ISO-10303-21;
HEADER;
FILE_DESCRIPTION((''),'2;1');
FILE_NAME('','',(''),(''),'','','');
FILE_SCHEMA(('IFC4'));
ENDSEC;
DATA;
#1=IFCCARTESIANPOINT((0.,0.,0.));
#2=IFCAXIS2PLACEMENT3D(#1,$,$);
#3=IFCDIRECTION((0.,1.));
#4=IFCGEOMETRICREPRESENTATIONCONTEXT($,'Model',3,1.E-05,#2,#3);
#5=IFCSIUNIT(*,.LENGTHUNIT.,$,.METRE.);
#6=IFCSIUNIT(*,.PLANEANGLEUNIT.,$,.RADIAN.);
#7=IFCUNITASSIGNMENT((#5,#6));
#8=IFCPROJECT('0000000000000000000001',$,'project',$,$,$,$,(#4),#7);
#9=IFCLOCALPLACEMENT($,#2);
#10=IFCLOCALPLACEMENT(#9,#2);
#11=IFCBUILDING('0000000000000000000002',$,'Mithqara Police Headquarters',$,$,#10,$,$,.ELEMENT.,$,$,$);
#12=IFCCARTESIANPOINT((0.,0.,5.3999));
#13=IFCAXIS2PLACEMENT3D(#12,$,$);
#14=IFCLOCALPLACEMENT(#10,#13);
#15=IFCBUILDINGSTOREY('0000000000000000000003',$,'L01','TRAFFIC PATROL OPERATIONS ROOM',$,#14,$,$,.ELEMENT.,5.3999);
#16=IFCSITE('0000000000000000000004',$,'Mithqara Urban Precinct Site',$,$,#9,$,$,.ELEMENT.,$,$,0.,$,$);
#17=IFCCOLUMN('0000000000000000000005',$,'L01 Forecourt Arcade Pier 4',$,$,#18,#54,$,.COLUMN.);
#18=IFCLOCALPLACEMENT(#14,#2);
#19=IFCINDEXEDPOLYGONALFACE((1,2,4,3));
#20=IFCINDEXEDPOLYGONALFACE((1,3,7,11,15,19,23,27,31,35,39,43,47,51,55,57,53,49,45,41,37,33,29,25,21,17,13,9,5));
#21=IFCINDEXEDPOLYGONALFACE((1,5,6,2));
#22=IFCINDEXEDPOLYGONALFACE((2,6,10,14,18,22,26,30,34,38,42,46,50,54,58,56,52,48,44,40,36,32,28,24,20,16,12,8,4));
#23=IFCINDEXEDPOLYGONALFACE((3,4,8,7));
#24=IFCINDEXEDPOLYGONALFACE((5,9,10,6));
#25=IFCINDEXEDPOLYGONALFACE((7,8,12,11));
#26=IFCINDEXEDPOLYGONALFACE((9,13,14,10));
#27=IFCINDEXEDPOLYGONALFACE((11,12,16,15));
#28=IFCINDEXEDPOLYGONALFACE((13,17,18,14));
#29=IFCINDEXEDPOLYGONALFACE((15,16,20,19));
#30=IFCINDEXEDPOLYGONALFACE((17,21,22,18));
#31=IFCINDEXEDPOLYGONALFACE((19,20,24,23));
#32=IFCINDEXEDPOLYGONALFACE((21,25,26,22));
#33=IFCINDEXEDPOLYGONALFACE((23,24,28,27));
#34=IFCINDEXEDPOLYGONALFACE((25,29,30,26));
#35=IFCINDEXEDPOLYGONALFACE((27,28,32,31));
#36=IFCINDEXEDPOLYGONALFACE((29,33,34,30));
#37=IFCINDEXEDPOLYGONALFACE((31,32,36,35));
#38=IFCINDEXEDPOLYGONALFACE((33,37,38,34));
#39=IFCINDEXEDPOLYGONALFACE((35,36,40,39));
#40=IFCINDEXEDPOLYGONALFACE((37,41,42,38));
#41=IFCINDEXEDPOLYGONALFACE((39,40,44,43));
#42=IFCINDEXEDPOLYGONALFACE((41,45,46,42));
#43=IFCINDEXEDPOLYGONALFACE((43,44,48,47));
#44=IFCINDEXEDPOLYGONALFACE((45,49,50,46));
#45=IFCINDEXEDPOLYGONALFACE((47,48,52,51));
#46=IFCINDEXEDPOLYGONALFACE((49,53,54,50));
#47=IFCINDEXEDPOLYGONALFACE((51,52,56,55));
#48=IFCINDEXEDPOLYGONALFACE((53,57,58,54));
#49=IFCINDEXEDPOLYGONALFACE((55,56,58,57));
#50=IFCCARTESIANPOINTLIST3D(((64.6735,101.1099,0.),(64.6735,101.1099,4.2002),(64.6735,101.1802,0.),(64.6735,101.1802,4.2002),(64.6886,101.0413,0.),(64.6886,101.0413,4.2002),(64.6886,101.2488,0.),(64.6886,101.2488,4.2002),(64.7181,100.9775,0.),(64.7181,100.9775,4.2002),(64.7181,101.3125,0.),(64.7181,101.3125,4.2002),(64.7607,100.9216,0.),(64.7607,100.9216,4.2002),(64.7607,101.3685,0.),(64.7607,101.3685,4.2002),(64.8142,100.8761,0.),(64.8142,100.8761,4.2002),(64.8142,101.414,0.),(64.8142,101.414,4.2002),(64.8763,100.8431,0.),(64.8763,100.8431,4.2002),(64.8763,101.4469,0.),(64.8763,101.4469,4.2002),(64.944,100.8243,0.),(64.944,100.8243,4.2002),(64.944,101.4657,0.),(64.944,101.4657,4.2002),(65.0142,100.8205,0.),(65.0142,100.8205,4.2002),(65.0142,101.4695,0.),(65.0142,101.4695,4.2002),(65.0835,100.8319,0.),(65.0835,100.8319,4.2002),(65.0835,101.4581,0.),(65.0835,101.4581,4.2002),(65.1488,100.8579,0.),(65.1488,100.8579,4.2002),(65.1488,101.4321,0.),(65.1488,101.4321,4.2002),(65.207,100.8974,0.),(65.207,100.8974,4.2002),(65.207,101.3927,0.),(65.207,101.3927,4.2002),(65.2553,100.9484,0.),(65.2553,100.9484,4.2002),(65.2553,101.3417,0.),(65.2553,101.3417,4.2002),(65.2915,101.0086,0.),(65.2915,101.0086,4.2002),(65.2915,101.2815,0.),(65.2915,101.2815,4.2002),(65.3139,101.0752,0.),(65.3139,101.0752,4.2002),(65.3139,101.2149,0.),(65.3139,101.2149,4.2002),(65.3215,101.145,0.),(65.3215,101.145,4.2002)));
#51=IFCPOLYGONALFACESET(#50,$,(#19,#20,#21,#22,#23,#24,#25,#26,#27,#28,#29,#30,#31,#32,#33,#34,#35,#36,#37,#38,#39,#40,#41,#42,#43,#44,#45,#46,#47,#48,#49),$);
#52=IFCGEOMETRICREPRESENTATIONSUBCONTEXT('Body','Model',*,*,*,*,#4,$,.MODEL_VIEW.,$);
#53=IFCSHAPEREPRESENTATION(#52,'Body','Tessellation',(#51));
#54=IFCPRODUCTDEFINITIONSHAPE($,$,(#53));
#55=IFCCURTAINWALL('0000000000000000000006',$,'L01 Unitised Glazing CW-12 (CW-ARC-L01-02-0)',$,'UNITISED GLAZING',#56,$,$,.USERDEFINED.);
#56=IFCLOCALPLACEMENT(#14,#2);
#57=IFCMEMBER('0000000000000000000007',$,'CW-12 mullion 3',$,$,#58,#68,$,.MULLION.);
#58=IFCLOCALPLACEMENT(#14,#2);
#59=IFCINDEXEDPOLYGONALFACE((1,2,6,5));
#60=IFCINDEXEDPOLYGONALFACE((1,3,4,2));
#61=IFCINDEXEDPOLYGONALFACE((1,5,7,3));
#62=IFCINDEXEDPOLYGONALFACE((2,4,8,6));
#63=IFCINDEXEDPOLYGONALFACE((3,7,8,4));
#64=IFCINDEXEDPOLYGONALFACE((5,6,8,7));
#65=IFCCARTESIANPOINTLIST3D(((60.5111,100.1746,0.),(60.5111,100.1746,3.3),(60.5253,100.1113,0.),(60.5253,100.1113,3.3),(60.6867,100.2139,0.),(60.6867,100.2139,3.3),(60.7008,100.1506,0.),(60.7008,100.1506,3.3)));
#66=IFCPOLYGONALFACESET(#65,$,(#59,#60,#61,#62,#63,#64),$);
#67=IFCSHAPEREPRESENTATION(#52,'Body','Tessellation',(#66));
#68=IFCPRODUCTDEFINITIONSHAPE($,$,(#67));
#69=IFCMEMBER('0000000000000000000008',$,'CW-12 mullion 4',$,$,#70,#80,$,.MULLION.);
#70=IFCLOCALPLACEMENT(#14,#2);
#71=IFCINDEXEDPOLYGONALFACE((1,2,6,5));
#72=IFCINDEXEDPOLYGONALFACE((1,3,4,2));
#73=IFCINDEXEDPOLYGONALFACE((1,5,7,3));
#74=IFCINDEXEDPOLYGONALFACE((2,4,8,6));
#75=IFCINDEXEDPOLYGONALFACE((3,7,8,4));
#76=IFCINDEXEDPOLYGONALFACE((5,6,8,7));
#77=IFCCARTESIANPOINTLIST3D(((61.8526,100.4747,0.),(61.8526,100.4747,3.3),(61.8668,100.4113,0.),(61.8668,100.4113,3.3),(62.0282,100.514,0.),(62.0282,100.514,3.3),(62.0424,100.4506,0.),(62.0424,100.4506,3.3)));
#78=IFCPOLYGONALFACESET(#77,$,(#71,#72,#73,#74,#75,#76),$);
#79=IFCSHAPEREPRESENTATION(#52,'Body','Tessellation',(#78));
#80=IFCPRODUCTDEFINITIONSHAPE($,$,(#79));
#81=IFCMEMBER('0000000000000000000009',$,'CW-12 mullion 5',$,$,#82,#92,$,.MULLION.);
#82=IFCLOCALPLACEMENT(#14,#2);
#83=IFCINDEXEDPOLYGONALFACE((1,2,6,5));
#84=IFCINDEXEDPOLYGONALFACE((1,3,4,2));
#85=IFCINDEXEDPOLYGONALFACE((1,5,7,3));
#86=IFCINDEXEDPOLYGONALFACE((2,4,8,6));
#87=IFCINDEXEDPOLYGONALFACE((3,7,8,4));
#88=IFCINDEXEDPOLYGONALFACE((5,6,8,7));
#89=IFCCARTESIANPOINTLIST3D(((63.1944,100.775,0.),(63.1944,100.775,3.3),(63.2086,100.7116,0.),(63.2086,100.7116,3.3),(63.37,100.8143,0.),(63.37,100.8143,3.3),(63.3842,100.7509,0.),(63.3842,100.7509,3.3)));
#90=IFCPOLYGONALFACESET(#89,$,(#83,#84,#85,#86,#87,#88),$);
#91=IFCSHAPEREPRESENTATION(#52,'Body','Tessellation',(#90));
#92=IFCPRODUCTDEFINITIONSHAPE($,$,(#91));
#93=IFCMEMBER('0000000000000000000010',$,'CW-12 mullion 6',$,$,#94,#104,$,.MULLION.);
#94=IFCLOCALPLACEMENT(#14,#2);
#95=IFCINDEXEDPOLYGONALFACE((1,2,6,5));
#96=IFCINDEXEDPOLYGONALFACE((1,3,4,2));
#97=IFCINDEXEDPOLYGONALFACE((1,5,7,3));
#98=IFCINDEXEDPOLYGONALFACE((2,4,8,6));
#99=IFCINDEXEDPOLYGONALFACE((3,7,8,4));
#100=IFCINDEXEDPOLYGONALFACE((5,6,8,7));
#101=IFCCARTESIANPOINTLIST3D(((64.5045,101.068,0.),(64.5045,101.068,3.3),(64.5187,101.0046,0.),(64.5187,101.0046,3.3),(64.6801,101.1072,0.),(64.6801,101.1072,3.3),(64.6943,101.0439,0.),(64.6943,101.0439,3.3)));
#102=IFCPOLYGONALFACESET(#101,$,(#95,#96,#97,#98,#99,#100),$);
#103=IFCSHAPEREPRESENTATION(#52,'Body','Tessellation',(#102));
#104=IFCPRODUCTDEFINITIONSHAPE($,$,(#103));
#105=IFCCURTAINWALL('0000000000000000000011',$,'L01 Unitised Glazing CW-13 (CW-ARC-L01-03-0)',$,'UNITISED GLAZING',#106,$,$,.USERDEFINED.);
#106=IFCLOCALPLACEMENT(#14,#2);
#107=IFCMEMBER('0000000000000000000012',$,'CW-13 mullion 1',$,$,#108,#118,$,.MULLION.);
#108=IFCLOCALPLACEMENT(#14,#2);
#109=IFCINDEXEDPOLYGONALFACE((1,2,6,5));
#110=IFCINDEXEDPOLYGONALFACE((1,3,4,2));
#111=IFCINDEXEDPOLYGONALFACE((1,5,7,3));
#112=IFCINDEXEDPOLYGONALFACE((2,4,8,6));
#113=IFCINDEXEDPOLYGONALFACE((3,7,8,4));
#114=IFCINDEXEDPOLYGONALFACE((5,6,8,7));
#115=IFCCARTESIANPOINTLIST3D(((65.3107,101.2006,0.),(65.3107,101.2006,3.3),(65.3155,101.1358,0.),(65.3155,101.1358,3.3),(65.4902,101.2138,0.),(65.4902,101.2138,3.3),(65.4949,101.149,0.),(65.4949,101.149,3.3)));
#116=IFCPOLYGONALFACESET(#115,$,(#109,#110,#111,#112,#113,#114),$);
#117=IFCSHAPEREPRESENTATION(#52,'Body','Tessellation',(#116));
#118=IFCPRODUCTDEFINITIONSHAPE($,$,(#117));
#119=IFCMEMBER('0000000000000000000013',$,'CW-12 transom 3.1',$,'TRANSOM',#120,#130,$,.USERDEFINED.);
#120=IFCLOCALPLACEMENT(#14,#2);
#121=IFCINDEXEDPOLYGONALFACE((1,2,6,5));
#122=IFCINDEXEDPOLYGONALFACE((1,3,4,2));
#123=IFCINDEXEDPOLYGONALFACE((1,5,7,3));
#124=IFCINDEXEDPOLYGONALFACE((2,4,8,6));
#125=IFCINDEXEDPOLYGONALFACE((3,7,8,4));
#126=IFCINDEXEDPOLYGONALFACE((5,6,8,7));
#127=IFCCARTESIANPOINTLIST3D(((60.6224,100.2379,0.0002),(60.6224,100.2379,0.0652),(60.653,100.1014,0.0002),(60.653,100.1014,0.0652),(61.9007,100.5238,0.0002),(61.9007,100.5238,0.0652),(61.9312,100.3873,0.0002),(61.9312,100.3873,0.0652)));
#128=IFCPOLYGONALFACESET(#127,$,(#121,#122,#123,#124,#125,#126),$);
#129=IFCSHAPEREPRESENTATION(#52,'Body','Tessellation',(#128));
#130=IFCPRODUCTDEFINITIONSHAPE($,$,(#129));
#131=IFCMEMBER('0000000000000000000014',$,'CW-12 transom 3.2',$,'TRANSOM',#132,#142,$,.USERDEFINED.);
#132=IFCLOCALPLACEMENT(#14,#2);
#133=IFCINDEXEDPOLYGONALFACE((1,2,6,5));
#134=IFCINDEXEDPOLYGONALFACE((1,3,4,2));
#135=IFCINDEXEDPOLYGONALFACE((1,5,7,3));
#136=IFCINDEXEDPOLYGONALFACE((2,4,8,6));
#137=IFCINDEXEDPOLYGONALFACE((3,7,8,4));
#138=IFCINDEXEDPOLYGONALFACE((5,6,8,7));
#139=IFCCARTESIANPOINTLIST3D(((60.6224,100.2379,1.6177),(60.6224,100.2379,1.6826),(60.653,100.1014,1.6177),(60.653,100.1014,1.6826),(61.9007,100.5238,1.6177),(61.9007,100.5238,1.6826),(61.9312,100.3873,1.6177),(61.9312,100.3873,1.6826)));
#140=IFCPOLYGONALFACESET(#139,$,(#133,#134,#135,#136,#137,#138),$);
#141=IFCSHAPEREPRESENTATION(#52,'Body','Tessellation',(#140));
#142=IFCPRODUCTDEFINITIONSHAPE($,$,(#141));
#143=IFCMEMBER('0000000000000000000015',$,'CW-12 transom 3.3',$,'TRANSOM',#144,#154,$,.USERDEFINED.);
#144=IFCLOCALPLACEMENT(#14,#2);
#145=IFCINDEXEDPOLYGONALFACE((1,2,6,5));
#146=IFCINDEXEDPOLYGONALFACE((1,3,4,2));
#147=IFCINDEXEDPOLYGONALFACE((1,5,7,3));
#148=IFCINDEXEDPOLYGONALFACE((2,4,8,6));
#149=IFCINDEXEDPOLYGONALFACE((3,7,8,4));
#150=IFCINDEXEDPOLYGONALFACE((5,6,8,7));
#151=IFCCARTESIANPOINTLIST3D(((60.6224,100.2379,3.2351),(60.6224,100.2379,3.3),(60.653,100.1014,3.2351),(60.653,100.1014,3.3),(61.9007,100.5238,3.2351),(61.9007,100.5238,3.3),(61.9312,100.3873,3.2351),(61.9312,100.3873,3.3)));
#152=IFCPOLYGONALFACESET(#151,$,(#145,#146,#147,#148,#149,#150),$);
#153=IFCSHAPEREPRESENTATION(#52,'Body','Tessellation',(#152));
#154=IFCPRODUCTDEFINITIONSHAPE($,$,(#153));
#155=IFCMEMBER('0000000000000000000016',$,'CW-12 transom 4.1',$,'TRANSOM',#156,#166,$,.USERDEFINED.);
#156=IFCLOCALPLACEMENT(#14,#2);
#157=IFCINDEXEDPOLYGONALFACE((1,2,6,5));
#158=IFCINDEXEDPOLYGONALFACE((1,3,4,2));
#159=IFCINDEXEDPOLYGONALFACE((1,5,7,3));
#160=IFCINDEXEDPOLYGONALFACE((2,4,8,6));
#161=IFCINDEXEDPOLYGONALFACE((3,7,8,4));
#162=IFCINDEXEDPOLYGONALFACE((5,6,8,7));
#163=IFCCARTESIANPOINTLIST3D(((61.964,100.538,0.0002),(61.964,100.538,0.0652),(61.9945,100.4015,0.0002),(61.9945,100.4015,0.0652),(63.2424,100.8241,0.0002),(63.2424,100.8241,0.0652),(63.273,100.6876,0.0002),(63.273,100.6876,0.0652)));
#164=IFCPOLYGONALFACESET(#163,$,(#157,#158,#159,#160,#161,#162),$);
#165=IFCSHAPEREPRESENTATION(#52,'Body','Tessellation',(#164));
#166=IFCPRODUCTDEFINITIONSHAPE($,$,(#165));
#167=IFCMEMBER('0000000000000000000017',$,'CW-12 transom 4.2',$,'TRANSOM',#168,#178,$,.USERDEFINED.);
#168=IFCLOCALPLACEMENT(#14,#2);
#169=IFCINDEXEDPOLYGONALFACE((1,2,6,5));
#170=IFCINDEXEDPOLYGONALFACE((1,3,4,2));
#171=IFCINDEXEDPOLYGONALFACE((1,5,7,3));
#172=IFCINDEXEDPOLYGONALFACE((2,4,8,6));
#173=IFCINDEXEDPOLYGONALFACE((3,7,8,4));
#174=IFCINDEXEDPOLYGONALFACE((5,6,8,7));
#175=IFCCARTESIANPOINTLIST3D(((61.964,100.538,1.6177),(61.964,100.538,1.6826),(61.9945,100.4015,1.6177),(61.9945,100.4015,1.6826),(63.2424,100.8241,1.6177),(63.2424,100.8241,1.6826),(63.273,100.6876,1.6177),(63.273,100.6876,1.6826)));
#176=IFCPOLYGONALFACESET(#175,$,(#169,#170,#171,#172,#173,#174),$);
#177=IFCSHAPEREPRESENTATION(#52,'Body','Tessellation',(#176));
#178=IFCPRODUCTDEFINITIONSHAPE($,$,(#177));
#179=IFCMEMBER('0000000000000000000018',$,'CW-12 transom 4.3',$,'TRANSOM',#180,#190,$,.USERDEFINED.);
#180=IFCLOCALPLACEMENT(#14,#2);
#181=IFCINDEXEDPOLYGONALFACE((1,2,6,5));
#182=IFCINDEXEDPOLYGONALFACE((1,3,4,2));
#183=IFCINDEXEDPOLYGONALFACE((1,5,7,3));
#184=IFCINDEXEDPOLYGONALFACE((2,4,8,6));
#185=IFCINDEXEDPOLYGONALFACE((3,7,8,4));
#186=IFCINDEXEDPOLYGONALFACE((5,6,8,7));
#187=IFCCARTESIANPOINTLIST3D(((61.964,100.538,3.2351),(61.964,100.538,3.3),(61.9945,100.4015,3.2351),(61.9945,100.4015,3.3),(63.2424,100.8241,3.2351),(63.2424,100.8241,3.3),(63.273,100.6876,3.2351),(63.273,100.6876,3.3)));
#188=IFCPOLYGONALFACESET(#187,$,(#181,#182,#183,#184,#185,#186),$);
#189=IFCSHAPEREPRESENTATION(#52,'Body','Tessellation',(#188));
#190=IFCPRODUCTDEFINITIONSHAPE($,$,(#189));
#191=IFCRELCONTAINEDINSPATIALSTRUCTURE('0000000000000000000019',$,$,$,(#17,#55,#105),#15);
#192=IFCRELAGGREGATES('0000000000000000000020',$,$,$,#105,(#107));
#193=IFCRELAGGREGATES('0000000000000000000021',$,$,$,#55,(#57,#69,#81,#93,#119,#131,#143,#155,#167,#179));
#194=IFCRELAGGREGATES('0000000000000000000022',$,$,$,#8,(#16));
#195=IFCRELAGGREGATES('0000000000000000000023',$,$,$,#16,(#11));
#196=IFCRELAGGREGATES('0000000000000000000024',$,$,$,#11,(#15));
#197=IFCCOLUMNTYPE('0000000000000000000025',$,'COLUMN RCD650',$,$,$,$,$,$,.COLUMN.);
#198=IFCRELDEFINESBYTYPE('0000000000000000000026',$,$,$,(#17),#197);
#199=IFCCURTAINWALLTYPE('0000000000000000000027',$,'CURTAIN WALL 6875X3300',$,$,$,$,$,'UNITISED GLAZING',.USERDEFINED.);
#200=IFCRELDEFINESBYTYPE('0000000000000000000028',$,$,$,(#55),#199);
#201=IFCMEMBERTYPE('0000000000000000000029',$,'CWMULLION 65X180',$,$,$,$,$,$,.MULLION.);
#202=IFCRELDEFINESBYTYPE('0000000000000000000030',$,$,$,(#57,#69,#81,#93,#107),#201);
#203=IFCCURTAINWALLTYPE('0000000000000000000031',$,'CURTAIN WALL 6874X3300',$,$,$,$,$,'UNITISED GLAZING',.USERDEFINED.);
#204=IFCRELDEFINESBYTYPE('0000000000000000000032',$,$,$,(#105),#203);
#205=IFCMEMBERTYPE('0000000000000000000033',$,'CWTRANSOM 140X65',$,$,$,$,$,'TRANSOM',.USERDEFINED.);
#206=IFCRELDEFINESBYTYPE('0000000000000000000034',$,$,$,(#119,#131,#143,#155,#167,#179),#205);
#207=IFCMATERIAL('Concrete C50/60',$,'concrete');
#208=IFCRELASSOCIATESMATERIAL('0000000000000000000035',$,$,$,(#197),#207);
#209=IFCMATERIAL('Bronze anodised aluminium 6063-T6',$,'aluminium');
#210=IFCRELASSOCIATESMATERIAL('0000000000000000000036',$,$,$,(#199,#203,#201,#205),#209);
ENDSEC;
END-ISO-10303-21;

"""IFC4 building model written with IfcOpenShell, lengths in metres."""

from ifc_helpers import new_model, si_unit, direction, frame, origin, origin_2d, place, context, subcontext, project, spatial, rectangle, circle, extrude, material, material_profile, profile_set, type_object, element, aggregate, save


model = new_model("IFC4")

# Units and contexts
model_context = context("Model", 3, precision=1e-05, world=origin(), true_north=direction((0.0, 1.0)))
body_context = subcontext(model_context, "Body", "Model", "MODEL_VIEW")
ifc_project = project(units=[si_unit("LENGTHUNIT", "METRE"), si_unit("PLANEANGLEUNIT", "RADIAN")], contexts=[model_context])

# Site, building, storey
site_placement = place(None, origin())
site = spatial("IfcSite", under=ifc_project, at=site_placement, Name="Mithqara Urban Precinct Site", CompositionType="ELEMENT", RefElevation=0.0)
building_placement = place(site_placement, origin())
building = spatial("IfcBuilding", under=site, at=building_placement, Name="Mithqara Police Headquarters", CompositionType="ELEMENT")
storey_placement = place(building_placement, frame((0.0, 0.0, 5.3999)))
storey = spatial("IfcBuildingStorey", under=building, at=storey_placement, Name="L01", Description="TRAFFIC PATROL OPERATIONS ROOM", CompositionType="ELEMENT", Elevation=5.3999)

# Column
ifc_material_1 = material(Name="Concrete C50/60", Category="concrete")
ifc_material_profile_1 = material_profile(ifc_material_1, circle(Radius=0.325, at=origin_2d()), Name="RCD 650")
ifc_profile_set_1 = profile_set([ifc_material_profile_1], Name="Concrete C50/60")
column_type = type_object("IfcColumnType", Name="COLUMN RCD650", PredefinedType="COLUMN", material=ifc_profile_set_1)
column_placement = place(storey_placement, frame((64.9966, 101.145, 0.0), z_axis=(0.0, 0.0, 1.0), x_axis=(1.0, 0.0, 0.0)))
element("IfcColumn", 1, at=column_placement, inside=storey, type_object=column_type, Name="L01 Forecourt Arcade Pier 4", PredefinedType="COLUMN", context=body_context, shape_type="SweptSolid", body=[
    extrude(circle(Radius=0.325, at=origin_2d()), origin(), (0.0, 0.0, 1.0), 4.2002),
])

# Curtain wall, members
ifc_material_2 = material(Name="Bronze anodised aluminium 6063-T6", Category="aluminium")
curtain_wall_type_1 = type_object("IfcCurtainWallType", Name="CURTAIN WALL 6875X3300", ElementType="UNITISED GLAZING", PredefinedType="USERDEFINED", material=ifc_material_2)
curtain_wall_1_placement = place(storey_placement, origin())
curtain_wall_1 = element("IfcCurtainWall", 2, at=curtain_wall_1_placement, inside=storey, type_object=curtain_wall_type_1, Name="L01 Unitised Glazing CW-12 (CW-ARC-L01-02-0)", ObjectType="UNITISED GLAZING", PredefinedType="USERDEFINED")
ifc_material_profile_2 = material_profile(ifc_material_2, rectangle(XDim=0.0649, YDim=0.1799, at=origin_2d()), Name="CWM 65x180")
ifc_profile_set_2 = profile_set([ifc_material_profile_2], Name="Bronze anodised aluminium 6063-T6")
member_type_1 = type_object("IfcMemberType", Name="CWMULLION 65X180", PredefinedType="MULLION", material=ifc_profile_set_2)
member_1_placement = place(storey_placement, frame((60.606, 100.1626, 0.0), z_axis=(0.0, 0.0, 1.0), x_axis=(-0.218341, 0.975873, 0.0)))
member_1 = element("IfcMember", 3, at=member_1_placement, type_object=member_type_1, Name="CW-12 mullion 3", PredefinedType="MULLION", context=body_context, shape_type="SweptSolid", body=[
    extrude(rectangle(XDim=0.0649, YDim=0.1799, at=origin_2d()), origin(), (0.0, 0.0, 1.0), 3.3),
])
member_2_placement = place(storey_placement, frame((61.9475, 100.4626, 0.0), z_axis=(0.0, 0.0, 1.0), x_axis=(-0.218341, 0.975873, 0.0)))
member_2 = element("IfcMember", 4, at=member_2_placement, type_object=member_type_1, Name="CW-12 mullion 4", PredefinedType="MULLION", context=body_context, shape_type="SweptSolid", body=[
    extrude(rectangle(XDim=0.0649, YDim=0.1799, at=origin_2d()), origin(), (0.0, 0.0, 1.0), 3.3),
])
member_3_placement = place(storey_placement, frame((63.2893, 100.7629, 0.0), z_axis=(0.0, 0.0, 1.0), x_axis=(-0.218341, 0.975873, 0.0)))
member_3 = element("IfcMember", 5, at=member_3_placement, type_object=member_type_1, Name="CW-12 mullion 5", PredefinedType="MULLION", context=body_context, shape_type="SweptSolid", body=[
    extrude(rectangle(XDim=0.0649, YDim=0.1799, at=origin_2d()), origin(), (0.0, 0.0, 1.0), 3.3),
])
member_4_placement = place(storey_placement, frame((64.5994, 101.0559, 0.0), z_axis=(0.0, 0.0, 1.0), x_axis=(-0.218341, 0.975873, 0.0)))
member_4 = element("IfcMember", 6, at=member_4_placement, type_object=member_type_1, Name="CW-12 mullion 6", PredefinedType="MULLION", context=body_context, shape_type="SweptSolid", body=[
    extrude(rectangle(XDim=0.0649, YDim=0.1799, at=origin_2d()), origin(), (0.0, 0.0, 1.0), 3.3),
])

# Curtain wall, member
curtain_wall_type_2 = type_object("IfcCurtainWallType", Name="CURTAIN WALL 6874X3300", ElementType="UNITISED GLAZING", PredefinedType="USERDEFINED", material=ifc_material_2)
curtain_wall_2_placement = place(storey_placement, origin())
curtain_wall_2 = element("IfcCurtainWall", 7, at=curtain_wall_2_placement, inside=storey, type_object=curtain_wall_type_2, Name="L01 Unitised Glazing CW-13 (CW-ARC-L01-03-0)", ObjectType="UNITISED GLAZING", PredefinedType="USERDEFINED")
member_5_placement = place(storey_placement, frame((65.4028, 101.1748, 0.0), z_axis=(0.0, 0.0, 1.0), x_axis=(-0.073301, 0.99731, 0.0)))
member_5 = element("IfcMember", 8, at=member_5_placement, type_object=member_type_1, Name="CW-13 mullion 1", PredefinedType="MULLION", context=body_context, shape_type="SweptSolid", body=[
    extrude(rectangle(XDim=0.0649, YDim=0.1799, at=origin_2d()), origin(), (0.0, 0.0, 1.0), 3.3),
])
aggregate(curtain_wall_2, [member_5])

# Members
ifc_material_profile_3 = material_profile(ifc_material_2, rectangle(XDim=0.1399, YDim=0.0649, at=origin_2d()), Name="CWT 140x65")
ifc_profile_set_3 = profile_set([ifc_material_profile_3], Name="Bronze anodised aluminium 6063-T6")
member_type_2 = type_object("IfcMemberType", Name="CWTRANSOM 140X65", ElementType="TRANSOM", PredefinedType="USERDEFINED", material=ifc_profile_set_3)
member_6_placement = place(storey_placement, frame((60.6377, 100.1697, 0.0327), z_axis=(0.975892, 0.218252, 0.0), x_axis=(-0.218252, 0.975892, 0.0)))
member_6 = element("IfcMember", 9, at=member_6_placement, type_object=member_type_2, Name="CW-12 transom 3.1", ObjectType="TRANSOM", PredefinedType="USERDEFINED", context=body_context, shape_type="SweptSolid", body=[
    extrude(rectangle(XDim=0.1399, YDim=0.0649, at=origin_2d()), origin(), (0.0, 0.0, 1.0), 1.3098),
])
member_7_placement = place(storey_placement, frame((60.6377, 100.1697, 1.6501), z_axis=(0.975892, 0.218252, 0.0), x_axis=(-0.218252, 0.975892, 0.0)))
member_7 = element("IfcMember", 10, at=member_7_placement, type_object=member_type_2, Name="CW-12 transom 3.2", ObjectType="TRANSOM", PredefinedType="USERDEFINED", context=body_context, shape_type="SweptSolid", body=[
    extrude(rectangle(XDim=0.1399, YDim=0.0649, at=origin_2d()), origin(), (0.0, 0.0, 1.0), 1.3098),
])
member_8_placement = place(storey_placement, frame((60.6377, 100.1697, 3.2676), z_axis=(0.975892, 0.218252, 0.0), x_axis=(-0.218252, 0.975892, 0.0)))
member_8 = element("IfcMember", 11, at=member_8_placement, type_object=member_type_2, Name="CW-12 transom 3.3", ObjectType="TRANSOM", PredefinedType="USERDEFINED", context=body_context, shape_type="SweptSolid", body=[
    extrude(rectangle(XDim=0.1399, YDim=0.0649, at=origin_2d()), origin(), (0.0, 0.0, 1.0), 1.3098),
])
member_9_placement = place(storey_placement, frame((61.9792, 100.4697, 0.0327), z_axis=(0.975853, 0.21843, 0.0), x_axis=(-0.21843, 0.975853, 0.0)))
member_9 = element("IfcMember", 12, at=member_9_placement, type_object=member_type_2, Name="CW-12 transom 4.1", ObjectType="TRANSOM", PredefinedType="USERDEFINED", context=body_context, shape_type="SweptSolid", body=[
    extrude(rectangle(XDim=0.1399, YDim=0.0649, at=origin_2d()), origin(), (0.0, 0.0, 1.0), 1.3101),
])
member_10_placement = place(storey_placement, frame((61.9792, 100.4697, 1.6501), z_axis=(0.975853, 0.21843, 0.0), x_axis=(-0.21843, 0.975853, 0.0)))
member_10 = element("IfcMember", 13, at=member_10_placement, type_object=member_type_2, Name="CW-12 transom 4.2", ObjectType="TRANSOM", PredefinedType="USERDEFINED", context=body_context, shape_type="SweptSolid", body=[
    extrude(rectangle(XDim=0.1399, YDim=0.0649, at=origin_2d()), origin(), (0.0, 0.0, 1.0), 1.3101),
])
member_11_placement = place(storey_placement, frame((61.9792, 100.4697, 3.2676), z_axis=(0.975853, 0.21843, 0.0), x_axis=(-0.21843, 0.975853, 0.0)))
member_11 = element("IfcMember", 14, at=member_11_placement, type_object=member_type_2, Name="CW-12 transom 4.3", ObjectType="TRANSOM", PredefinedType="USERDEFINED", context=body_context, shape_type="SweptSolid", body=[
    extrude(rectangle(XDim=0.1399, YDim=0.0649, at=origin_2d()), origin(), (0.0, 0.0, 1.0), 1.3101),
])

aggregate(curtain_wall_1, [member_1, member_2, member_3, member_4, member_6, member_7, member_8, member_9, member_10, member_11])

save(model, "model.ifc")
